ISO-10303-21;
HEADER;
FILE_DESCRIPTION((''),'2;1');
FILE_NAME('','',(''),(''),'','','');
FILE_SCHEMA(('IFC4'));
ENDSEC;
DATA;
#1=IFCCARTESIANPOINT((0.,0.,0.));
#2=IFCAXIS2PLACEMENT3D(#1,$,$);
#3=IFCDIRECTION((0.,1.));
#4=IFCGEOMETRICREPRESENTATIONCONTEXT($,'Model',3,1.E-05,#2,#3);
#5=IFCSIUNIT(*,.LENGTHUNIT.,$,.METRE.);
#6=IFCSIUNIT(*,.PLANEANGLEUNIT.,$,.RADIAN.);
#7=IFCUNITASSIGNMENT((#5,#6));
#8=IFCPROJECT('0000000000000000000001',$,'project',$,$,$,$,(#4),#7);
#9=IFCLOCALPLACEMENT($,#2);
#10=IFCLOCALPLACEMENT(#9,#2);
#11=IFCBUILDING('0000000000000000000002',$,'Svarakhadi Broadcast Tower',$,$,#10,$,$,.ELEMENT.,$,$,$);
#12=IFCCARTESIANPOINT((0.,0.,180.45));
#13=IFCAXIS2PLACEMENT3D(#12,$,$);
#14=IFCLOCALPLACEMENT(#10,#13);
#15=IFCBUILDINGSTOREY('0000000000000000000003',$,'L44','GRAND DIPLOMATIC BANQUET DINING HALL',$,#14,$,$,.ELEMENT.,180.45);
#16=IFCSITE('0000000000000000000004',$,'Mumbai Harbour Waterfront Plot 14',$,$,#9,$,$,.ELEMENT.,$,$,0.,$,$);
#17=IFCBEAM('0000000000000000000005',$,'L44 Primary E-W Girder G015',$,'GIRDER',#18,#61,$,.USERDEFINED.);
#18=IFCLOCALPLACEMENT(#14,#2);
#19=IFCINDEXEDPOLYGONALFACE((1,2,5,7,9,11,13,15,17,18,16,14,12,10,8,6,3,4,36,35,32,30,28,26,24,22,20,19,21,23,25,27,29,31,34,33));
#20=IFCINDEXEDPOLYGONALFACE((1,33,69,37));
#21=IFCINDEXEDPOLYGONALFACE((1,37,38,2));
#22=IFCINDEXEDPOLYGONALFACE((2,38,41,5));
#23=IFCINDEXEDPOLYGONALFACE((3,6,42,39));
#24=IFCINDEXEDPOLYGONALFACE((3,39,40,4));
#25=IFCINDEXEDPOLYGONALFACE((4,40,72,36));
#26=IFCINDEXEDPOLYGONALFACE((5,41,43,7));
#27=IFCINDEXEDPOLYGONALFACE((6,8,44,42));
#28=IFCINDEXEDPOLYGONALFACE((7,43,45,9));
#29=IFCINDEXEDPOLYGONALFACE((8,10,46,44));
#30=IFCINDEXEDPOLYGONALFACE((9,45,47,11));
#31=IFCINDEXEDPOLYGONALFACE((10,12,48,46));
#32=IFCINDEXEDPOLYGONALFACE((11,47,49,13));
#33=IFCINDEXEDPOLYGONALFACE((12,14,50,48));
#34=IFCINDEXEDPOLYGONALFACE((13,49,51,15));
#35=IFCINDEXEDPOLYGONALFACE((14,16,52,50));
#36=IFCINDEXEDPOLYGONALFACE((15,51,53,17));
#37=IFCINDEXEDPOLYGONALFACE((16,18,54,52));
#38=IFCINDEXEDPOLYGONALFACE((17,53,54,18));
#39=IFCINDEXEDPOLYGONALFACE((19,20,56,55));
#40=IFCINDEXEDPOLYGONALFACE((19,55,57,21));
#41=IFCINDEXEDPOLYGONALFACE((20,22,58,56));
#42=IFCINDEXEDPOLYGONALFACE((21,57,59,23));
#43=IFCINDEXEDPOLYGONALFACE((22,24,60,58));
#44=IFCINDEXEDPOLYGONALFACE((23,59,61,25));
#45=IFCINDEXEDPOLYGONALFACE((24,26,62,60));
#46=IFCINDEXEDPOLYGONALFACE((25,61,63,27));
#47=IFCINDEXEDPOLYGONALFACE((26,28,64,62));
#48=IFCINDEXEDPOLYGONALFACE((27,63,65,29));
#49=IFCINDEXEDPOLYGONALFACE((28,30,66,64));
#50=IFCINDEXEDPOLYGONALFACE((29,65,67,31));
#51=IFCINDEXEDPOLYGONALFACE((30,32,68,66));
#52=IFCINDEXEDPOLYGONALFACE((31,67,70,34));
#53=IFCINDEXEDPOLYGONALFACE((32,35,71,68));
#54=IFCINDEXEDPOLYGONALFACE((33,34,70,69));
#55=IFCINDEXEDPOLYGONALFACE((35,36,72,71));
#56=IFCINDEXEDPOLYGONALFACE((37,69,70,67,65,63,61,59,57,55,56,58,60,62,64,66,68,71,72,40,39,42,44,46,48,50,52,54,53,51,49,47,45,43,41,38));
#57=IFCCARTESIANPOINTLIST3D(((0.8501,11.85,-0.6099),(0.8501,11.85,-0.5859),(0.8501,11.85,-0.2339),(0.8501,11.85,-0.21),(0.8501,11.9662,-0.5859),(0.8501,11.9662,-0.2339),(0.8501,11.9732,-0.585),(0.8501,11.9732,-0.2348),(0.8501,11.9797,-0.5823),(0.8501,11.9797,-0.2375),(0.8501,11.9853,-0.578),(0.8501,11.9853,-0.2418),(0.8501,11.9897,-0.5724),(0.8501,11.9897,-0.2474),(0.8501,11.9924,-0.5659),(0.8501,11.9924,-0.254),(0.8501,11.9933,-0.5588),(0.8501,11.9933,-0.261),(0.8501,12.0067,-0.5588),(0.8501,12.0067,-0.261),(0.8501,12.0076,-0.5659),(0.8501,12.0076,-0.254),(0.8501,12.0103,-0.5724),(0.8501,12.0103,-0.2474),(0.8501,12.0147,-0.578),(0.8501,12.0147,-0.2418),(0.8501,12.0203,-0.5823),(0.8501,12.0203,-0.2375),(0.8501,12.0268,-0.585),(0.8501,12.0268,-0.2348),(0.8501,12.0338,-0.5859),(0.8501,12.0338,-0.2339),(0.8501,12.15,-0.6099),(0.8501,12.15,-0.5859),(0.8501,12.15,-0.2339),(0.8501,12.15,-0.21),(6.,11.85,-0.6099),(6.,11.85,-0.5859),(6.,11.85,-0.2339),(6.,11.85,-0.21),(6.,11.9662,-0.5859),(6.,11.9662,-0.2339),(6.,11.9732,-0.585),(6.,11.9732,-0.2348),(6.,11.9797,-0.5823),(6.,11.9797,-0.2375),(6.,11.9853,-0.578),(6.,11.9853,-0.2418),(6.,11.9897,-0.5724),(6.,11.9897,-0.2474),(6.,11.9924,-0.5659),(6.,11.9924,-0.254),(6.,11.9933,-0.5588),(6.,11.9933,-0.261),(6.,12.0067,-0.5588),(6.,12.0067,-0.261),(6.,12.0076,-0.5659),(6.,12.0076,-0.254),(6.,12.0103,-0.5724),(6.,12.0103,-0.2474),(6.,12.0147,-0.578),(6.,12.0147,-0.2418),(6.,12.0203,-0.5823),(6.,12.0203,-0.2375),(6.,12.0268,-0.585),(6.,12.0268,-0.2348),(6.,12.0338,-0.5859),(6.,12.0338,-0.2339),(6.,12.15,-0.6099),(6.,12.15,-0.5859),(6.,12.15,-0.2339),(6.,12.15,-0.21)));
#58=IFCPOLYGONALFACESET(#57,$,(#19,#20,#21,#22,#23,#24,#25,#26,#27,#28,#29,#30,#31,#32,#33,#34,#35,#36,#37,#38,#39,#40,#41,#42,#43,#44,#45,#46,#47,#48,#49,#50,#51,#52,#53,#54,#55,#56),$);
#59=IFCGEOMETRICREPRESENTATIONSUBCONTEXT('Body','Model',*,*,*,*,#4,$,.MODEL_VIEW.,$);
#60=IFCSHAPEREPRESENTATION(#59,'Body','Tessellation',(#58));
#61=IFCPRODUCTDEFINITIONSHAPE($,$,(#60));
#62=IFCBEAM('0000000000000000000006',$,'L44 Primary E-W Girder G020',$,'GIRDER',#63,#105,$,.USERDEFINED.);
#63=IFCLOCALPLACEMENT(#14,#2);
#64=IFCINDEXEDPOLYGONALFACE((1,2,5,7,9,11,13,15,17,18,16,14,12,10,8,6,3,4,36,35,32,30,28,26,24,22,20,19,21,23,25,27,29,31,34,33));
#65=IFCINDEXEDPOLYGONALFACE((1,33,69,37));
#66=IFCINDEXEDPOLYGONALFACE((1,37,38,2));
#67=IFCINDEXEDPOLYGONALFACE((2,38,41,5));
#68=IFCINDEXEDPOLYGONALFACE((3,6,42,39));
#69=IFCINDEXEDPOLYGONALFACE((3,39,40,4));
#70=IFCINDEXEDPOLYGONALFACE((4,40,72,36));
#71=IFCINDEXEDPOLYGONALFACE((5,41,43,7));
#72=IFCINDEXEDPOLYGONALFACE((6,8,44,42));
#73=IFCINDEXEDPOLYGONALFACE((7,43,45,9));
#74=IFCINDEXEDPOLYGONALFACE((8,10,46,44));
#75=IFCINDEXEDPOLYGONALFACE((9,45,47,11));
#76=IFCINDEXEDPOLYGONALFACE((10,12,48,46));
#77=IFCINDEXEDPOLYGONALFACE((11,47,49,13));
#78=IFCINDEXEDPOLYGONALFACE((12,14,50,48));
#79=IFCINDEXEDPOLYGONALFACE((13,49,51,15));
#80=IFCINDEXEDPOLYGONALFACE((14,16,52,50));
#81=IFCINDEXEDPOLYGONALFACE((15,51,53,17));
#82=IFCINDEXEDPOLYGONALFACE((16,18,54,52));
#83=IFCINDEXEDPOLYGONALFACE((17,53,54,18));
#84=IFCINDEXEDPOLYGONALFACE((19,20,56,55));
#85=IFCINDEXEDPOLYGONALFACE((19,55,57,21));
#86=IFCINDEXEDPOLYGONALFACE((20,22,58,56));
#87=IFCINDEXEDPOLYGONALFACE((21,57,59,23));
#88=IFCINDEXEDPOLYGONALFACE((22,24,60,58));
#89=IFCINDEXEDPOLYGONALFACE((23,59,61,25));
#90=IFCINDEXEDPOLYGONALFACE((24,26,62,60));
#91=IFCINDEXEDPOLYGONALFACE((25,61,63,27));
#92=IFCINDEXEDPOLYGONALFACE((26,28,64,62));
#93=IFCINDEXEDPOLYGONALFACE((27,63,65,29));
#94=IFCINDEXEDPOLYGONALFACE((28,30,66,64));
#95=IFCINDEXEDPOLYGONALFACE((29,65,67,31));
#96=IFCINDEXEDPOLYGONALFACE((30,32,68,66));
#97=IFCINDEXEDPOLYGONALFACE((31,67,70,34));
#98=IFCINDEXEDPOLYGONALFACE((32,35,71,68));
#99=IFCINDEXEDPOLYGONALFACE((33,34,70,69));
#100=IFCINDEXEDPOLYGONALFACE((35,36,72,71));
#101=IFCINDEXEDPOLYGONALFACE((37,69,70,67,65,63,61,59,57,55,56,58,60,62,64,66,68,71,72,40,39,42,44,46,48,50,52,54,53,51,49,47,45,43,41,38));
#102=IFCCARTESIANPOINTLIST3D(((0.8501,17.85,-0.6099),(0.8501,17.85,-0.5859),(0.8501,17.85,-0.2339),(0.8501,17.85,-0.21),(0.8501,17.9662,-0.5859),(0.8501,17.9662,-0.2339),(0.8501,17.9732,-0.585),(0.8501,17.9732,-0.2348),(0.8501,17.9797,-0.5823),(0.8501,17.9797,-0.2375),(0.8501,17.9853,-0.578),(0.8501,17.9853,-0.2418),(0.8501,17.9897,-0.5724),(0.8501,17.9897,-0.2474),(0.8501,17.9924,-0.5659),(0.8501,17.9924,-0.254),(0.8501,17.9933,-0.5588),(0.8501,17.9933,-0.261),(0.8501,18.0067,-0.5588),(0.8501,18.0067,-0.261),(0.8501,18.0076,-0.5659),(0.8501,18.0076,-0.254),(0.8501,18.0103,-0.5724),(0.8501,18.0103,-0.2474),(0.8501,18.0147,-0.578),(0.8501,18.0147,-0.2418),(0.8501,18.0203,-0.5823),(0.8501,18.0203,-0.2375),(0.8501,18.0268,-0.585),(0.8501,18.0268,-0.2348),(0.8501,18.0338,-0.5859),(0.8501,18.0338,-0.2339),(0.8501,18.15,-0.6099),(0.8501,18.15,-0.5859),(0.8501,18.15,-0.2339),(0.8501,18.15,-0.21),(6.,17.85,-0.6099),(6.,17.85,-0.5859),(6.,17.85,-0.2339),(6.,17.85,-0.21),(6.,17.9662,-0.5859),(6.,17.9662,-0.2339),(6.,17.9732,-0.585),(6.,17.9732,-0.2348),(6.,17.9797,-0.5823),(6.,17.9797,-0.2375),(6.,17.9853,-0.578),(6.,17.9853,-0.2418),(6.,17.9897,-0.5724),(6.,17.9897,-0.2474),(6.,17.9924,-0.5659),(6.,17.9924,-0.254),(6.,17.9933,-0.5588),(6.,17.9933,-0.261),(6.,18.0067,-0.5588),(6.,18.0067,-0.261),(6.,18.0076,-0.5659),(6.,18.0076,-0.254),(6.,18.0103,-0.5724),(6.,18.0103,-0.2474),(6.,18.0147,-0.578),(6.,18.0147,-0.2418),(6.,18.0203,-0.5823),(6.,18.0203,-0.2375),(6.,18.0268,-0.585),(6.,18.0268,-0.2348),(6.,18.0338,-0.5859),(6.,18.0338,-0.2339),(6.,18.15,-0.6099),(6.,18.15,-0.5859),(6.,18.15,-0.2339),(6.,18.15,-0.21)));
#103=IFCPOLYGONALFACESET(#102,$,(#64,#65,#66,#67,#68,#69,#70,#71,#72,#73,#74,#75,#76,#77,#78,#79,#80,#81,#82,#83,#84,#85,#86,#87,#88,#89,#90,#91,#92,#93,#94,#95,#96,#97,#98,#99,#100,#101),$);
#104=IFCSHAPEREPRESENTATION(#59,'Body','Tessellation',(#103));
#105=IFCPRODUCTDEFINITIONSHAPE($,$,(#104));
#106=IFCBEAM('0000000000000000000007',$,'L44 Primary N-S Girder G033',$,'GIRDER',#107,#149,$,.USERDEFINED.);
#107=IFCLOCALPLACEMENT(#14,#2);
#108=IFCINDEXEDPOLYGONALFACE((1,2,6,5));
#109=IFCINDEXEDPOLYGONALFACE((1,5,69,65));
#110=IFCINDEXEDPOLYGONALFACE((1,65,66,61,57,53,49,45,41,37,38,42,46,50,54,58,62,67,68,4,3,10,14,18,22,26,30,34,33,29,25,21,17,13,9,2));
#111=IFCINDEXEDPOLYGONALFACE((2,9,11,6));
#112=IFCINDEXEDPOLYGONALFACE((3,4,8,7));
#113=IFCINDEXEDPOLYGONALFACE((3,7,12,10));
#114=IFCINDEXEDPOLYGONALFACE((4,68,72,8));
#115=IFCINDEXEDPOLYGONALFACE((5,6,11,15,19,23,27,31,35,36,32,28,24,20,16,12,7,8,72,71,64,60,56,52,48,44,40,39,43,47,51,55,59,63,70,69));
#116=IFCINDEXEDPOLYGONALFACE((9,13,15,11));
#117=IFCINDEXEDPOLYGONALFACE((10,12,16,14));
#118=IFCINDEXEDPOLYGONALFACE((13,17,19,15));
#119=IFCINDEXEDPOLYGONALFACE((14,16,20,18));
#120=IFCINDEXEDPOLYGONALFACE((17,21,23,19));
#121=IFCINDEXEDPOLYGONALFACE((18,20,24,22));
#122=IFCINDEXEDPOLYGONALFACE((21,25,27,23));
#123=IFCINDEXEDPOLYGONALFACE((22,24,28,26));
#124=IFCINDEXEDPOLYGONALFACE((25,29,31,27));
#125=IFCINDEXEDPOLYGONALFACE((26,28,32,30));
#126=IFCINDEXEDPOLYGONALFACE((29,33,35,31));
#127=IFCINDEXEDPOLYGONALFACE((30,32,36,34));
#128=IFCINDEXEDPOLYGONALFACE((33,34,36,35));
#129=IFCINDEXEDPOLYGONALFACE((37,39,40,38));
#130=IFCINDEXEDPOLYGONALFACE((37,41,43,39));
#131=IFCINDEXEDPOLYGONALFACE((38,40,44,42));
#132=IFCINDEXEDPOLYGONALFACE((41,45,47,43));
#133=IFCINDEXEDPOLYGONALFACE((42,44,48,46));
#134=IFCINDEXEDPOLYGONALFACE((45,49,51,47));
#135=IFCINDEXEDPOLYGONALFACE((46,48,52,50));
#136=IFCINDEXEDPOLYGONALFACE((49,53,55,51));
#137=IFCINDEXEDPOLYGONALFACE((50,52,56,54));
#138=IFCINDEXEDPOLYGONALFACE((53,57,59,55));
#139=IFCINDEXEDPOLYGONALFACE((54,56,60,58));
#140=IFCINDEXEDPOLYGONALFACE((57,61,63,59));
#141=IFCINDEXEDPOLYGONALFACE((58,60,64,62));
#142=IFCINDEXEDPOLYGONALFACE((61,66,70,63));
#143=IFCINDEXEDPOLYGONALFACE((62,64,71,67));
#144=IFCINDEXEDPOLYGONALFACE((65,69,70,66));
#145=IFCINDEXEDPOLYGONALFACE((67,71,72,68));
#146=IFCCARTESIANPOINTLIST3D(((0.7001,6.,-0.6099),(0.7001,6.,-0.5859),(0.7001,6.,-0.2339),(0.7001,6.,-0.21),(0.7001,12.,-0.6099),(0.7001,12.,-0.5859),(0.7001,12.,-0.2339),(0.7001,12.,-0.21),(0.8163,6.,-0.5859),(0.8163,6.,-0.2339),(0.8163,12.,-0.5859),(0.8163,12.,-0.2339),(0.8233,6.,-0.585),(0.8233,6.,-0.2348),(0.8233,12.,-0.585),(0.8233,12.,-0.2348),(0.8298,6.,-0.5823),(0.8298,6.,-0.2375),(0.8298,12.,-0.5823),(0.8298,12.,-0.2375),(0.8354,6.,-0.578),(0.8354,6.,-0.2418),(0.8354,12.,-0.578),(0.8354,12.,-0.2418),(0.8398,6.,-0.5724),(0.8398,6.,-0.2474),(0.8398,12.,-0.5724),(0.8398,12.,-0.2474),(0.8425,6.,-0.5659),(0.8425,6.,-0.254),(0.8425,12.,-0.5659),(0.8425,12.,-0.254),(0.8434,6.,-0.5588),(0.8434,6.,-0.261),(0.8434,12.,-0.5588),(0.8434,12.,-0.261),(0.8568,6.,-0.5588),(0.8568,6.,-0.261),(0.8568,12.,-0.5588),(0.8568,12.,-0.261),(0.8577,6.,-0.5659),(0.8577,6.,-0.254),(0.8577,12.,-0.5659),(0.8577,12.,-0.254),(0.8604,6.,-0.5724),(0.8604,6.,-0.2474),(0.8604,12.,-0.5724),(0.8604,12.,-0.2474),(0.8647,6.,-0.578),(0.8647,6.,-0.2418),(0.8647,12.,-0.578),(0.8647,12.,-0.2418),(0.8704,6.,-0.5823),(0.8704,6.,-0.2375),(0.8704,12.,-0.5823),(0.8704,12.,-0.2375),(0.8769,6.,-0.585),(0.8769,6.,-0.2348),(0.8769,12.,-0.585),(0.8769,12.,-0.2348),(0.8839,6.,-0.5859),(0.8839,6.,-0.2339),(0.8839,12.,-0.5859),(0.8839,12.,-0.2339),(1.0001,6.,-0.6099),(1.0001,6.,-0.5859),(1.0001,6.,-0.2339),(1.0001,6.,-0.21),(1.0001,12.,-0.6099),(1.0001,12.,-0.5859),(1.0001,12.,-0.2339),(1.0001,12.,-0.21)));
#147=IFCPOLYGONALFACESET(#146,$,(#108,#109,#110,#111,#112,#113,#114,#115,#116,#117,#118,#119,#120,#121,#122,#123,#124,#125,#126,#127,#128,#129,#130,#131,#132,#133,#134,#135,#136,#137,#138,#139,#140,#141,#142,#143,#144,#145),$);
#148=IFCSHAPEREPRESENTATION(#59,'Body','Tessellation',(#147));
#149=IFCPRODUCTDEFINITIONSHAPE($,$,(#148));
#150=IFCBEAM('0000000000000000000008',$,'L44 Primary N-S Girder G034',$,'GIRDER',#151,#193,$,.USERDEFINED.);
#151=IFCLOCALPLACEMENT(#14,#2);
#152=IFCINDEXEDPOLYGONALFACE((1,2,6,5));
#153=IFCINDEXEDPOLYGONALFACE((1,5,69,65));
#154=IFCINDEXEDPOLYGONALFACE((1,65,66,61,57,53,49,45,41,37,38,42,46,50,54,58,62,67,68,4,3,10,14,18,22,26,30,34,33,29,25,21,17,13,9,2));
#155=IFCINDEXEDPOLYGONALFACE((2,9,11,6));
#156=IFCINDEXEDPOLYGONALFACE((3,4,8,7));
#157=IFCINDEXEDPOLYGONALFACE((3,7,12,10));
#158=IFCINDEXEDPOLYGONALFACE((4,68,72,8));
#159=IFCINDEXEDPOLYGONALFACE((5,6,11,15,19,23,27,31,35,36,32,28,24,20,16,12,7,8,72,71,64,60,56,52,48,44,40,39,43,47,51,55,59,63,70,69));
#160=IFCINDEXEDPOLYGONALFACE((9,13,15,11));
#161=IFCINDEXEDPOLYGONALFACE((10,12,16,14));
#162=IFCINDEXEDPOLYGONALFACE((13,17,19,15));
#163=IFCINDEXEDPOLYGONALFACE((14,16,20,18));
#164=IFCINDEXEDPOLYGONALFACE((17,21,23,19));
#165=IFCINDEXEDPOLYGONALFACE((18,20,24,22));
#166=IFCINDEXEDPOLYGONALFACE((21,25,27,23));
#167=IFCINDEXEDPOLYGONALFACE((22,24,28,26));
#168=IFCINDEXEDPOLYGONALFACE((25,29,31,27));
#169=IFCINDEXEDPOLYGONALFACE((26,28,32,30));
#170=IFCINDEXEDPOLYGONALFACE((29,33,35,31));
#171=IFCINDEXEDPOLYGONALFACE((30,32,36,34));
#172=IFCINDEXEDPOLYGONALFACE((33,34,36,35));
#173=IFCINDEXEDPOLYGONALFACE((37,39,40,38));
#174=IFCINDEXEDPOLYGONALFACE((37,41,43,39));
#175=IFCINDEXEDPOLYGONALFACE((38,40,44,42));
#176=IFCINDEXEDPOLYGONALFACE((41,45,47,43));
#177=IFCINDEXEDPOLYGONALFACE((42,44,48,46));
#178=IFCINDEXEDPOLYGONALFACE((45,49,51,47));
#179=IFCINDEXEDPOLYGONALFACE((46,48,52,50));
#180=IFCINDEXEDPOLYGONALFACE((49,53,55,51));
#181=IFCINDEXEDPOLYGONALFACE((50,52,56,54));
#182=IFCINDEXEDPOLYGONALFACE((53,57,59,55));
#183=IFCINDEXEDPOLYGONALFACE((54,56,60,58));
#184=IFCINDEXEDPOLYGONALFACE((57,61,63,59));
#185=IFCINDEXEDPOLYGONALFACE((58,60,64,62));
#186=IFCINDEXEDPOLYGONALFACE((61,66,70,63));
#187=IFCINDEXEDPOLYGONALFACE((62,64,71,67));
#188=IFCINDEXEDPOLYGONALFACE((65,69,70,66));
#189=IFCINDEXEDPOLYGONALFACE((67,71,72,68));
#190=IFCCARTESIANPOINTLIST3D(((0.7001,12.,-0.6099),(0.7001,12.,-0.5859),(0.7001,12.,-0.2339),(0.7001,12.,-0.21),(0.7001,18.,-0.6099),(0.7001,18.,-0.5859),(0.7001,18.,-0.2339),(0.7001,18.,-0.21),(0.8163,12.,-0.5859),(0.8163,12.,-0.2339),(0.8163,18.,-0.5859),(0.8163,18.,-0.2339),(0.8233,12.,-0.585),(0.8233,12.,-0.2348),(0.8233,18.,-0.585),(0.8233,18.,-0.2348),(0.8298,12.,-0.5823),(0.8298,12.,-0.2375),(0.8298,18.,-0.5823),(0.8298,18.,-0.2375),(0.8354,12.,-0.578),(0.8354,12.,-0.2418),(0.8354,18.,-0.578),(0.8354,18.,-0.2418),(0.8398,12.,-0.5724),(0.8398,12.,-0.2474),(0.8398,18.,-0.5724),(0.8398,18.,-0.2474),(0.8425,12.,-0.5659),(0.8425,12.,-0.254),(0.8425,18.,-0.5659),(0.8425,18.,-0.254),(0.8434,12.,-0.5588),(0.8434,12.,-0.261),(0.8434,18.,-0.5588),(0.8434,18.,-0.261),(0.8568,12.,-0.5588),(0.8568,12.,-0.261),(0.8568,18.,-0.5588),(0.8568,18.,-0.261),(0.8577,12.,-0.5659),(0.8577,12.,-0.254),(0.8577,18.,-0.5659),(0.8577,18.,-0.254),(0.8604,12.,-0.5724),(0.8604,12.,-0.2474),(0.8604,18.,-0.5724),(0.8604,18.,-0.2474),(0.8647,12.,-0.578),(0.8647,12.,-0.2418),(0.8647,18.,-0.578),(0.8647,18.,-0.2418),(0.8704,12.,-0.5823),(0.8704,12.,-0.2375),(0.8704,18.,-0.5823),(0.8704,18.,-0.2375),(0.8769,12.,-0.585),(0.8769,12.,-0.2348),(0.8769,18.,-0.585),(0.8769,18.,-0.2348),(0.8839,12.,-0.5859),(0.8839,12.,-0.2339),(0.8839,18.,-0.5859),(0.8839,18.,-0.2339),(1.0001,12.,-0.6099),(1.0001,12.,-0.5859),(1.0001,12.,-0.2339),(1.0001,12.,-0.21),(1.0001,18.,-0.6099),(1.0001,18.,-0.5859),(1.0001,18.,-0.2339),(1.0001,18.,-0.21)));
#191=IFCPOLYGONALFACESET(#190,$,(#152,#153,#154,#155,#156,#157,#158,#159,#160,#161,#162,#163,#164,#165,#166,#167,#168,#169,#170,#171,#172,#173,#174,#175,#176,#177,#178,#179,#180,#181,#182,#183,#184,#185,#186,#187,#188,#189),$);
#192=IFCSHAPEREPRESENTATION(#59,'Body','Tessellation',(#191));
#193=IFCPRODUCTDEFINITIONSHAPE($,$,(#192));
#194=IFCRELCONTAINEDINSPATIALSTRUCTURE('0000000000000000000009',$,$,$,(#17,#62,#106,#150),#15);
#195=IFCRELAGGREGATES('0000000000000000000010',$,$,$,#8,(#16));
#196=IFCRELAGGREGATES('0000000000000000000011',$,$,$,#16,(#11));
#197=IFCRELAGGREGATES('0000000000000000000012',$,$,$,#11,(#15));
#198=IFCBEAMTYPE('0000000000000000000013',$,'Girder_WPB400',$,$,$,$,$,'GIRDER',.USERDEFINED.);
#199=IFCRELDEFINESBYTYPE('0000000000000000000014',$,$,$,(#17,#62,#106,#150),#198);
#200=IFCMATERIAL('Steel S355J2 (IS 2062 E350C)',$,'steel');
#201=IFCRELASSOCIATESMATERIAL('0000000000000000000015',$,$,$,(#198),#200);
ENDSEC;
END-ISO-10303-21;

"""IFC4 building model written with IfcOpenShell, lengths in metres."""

from ifc_helpers import new_model, si_unit, direction, frame, origin, origin_2d, place, context, subcontext, project, spatial, i_section, extrude, material, material_profile, profile_set, type_object, element, save


model = new_model("IFC4")

# Units and contexts
model_context = context("Model", 3, precision=1e-05, world=origin(), true_north=direction((0.0, 1.0)))
body_context = subcontext(model_context, "Body", "Model", "MODEL_VIEW")
ifc_project = project(units=[si_unit("LENGTHUNIT", "METRE"), si_unit("PLANEANGLEUNIT", "RADIAN")], contexts=[model_context])

# Site, building, storey
site_placement = place(None, origin())
site = spatial("IfcSite", under=ifc_project, at=site_placement, Name="Mumbai Harbour Waterfront Plot 14", CompositionType="ELEMENT", RefElevation=0.0)
building_placement = place(site_placement, origin())
building = spatial("IfcBuilding", under=site, at=building_placement, Name="Svarakhadi Broadcast Tower", CompositionType="ELEMENT")
storey_placement = place(building_placement, frame((0.0, 0.0, 180.45)))
storey = spatial("IfcBuildingStorey", under=building, at=storey_placement, Name="L44", Description="GRAND DIPLOMATIC BANQUET DINING HALL", CompositionType="ELEMENT", Elevation=180.45)

# Shared definitions
ifc_material_1 = material(Name="Steel S355J2 (IS 2062 E350C)", Category="steel")

# Beams
ifc_material_profile_1 = material_profile(ifc_material_1, i_section(OverallWidth=0.3, OverallDepth=0.3999, WebThickness=0.0134, FlangeThickness=0.0239, FilletRadius=0.0271, at=origin_2d()), Name="WPB 400x300x155")
ifc_profile_set_1 = profile_set([ifc_material_profile_1], Name="Steel S355J2 (IS 2062 E350C)")
beam_type_1 = type_object("IfcBeamType", Name="Girder_WPB400", ElementType="GIRDER", PredefinedType="USERDEFINED", material=ifc_profile_set_1)
for number, where, z_axis, x_axis, name in (
    (1, (0.8501, 12.0, -0.4099), (1.0, 0.0, 0.0), (0.0, 1.0, 0.0), "L44 Primary E-W Girder G015"),
    (2, (0.8501, 18.0, -0.4099), (1.0, 0.0, 0.0), (0.0, 1.0, 0.0), "L44 Primary E-W Girder G020"),
):
    element("IfcBeam", number, at=place(storey_placement, frame(where, z_axis=z_axis, x_axis=x_axis)), inside=storey, type_object=beam_type_1, Name=name, ObjectType="GIRDER", PredefinedType="USERDEFINED", context=body_context, shape_type="SweptSolid", body=[
        extrude(i_section(OverallWidth=0.3, OverallDepth=0.3999, WebThickness=0.0134, FlangeThickness=0.0239, FilletRadius=0.0271, at=origin_2d()), origin(), (0.0, 0.0, 1.0), 5.1499),
    ])
for number, where, z_axis, x_axis, name in (
    (3, (0.8501, 6.0, -0.4099), (0.0, 1.0, 0.0), (-1.0, 0.0, 0.0), "L44 Primary N-S Girder G033"),
    (4, (0.8501, 12.0, -0.4099), (0.0, 1.0, 0.0), (-1.0, 0.0, 0.0), "L44 Primary N-S Girder G034"),
):
    element("IfcBeam", number, at=place(storey_placement, frame(where, z_axis=z_axis, x_axis=x_axis)), inside=storey, type_object=beam_type_1, Name=name, ObjectType="GIRDER", PredefinedType="USERDEFINED", context=body_context, shape_type="SweptSolid", body=[
        extrude(i_section(OverallWidth=0.3, OverallDepth=0.3999, WebThickness=0.0134, FlangeThickness=0.0239, FilletRadius=0.0271, at=origin_2d()), origin(), (0.0, 0.0, 1.0), 6.0),
    ])

save(model, "model.ifc")
